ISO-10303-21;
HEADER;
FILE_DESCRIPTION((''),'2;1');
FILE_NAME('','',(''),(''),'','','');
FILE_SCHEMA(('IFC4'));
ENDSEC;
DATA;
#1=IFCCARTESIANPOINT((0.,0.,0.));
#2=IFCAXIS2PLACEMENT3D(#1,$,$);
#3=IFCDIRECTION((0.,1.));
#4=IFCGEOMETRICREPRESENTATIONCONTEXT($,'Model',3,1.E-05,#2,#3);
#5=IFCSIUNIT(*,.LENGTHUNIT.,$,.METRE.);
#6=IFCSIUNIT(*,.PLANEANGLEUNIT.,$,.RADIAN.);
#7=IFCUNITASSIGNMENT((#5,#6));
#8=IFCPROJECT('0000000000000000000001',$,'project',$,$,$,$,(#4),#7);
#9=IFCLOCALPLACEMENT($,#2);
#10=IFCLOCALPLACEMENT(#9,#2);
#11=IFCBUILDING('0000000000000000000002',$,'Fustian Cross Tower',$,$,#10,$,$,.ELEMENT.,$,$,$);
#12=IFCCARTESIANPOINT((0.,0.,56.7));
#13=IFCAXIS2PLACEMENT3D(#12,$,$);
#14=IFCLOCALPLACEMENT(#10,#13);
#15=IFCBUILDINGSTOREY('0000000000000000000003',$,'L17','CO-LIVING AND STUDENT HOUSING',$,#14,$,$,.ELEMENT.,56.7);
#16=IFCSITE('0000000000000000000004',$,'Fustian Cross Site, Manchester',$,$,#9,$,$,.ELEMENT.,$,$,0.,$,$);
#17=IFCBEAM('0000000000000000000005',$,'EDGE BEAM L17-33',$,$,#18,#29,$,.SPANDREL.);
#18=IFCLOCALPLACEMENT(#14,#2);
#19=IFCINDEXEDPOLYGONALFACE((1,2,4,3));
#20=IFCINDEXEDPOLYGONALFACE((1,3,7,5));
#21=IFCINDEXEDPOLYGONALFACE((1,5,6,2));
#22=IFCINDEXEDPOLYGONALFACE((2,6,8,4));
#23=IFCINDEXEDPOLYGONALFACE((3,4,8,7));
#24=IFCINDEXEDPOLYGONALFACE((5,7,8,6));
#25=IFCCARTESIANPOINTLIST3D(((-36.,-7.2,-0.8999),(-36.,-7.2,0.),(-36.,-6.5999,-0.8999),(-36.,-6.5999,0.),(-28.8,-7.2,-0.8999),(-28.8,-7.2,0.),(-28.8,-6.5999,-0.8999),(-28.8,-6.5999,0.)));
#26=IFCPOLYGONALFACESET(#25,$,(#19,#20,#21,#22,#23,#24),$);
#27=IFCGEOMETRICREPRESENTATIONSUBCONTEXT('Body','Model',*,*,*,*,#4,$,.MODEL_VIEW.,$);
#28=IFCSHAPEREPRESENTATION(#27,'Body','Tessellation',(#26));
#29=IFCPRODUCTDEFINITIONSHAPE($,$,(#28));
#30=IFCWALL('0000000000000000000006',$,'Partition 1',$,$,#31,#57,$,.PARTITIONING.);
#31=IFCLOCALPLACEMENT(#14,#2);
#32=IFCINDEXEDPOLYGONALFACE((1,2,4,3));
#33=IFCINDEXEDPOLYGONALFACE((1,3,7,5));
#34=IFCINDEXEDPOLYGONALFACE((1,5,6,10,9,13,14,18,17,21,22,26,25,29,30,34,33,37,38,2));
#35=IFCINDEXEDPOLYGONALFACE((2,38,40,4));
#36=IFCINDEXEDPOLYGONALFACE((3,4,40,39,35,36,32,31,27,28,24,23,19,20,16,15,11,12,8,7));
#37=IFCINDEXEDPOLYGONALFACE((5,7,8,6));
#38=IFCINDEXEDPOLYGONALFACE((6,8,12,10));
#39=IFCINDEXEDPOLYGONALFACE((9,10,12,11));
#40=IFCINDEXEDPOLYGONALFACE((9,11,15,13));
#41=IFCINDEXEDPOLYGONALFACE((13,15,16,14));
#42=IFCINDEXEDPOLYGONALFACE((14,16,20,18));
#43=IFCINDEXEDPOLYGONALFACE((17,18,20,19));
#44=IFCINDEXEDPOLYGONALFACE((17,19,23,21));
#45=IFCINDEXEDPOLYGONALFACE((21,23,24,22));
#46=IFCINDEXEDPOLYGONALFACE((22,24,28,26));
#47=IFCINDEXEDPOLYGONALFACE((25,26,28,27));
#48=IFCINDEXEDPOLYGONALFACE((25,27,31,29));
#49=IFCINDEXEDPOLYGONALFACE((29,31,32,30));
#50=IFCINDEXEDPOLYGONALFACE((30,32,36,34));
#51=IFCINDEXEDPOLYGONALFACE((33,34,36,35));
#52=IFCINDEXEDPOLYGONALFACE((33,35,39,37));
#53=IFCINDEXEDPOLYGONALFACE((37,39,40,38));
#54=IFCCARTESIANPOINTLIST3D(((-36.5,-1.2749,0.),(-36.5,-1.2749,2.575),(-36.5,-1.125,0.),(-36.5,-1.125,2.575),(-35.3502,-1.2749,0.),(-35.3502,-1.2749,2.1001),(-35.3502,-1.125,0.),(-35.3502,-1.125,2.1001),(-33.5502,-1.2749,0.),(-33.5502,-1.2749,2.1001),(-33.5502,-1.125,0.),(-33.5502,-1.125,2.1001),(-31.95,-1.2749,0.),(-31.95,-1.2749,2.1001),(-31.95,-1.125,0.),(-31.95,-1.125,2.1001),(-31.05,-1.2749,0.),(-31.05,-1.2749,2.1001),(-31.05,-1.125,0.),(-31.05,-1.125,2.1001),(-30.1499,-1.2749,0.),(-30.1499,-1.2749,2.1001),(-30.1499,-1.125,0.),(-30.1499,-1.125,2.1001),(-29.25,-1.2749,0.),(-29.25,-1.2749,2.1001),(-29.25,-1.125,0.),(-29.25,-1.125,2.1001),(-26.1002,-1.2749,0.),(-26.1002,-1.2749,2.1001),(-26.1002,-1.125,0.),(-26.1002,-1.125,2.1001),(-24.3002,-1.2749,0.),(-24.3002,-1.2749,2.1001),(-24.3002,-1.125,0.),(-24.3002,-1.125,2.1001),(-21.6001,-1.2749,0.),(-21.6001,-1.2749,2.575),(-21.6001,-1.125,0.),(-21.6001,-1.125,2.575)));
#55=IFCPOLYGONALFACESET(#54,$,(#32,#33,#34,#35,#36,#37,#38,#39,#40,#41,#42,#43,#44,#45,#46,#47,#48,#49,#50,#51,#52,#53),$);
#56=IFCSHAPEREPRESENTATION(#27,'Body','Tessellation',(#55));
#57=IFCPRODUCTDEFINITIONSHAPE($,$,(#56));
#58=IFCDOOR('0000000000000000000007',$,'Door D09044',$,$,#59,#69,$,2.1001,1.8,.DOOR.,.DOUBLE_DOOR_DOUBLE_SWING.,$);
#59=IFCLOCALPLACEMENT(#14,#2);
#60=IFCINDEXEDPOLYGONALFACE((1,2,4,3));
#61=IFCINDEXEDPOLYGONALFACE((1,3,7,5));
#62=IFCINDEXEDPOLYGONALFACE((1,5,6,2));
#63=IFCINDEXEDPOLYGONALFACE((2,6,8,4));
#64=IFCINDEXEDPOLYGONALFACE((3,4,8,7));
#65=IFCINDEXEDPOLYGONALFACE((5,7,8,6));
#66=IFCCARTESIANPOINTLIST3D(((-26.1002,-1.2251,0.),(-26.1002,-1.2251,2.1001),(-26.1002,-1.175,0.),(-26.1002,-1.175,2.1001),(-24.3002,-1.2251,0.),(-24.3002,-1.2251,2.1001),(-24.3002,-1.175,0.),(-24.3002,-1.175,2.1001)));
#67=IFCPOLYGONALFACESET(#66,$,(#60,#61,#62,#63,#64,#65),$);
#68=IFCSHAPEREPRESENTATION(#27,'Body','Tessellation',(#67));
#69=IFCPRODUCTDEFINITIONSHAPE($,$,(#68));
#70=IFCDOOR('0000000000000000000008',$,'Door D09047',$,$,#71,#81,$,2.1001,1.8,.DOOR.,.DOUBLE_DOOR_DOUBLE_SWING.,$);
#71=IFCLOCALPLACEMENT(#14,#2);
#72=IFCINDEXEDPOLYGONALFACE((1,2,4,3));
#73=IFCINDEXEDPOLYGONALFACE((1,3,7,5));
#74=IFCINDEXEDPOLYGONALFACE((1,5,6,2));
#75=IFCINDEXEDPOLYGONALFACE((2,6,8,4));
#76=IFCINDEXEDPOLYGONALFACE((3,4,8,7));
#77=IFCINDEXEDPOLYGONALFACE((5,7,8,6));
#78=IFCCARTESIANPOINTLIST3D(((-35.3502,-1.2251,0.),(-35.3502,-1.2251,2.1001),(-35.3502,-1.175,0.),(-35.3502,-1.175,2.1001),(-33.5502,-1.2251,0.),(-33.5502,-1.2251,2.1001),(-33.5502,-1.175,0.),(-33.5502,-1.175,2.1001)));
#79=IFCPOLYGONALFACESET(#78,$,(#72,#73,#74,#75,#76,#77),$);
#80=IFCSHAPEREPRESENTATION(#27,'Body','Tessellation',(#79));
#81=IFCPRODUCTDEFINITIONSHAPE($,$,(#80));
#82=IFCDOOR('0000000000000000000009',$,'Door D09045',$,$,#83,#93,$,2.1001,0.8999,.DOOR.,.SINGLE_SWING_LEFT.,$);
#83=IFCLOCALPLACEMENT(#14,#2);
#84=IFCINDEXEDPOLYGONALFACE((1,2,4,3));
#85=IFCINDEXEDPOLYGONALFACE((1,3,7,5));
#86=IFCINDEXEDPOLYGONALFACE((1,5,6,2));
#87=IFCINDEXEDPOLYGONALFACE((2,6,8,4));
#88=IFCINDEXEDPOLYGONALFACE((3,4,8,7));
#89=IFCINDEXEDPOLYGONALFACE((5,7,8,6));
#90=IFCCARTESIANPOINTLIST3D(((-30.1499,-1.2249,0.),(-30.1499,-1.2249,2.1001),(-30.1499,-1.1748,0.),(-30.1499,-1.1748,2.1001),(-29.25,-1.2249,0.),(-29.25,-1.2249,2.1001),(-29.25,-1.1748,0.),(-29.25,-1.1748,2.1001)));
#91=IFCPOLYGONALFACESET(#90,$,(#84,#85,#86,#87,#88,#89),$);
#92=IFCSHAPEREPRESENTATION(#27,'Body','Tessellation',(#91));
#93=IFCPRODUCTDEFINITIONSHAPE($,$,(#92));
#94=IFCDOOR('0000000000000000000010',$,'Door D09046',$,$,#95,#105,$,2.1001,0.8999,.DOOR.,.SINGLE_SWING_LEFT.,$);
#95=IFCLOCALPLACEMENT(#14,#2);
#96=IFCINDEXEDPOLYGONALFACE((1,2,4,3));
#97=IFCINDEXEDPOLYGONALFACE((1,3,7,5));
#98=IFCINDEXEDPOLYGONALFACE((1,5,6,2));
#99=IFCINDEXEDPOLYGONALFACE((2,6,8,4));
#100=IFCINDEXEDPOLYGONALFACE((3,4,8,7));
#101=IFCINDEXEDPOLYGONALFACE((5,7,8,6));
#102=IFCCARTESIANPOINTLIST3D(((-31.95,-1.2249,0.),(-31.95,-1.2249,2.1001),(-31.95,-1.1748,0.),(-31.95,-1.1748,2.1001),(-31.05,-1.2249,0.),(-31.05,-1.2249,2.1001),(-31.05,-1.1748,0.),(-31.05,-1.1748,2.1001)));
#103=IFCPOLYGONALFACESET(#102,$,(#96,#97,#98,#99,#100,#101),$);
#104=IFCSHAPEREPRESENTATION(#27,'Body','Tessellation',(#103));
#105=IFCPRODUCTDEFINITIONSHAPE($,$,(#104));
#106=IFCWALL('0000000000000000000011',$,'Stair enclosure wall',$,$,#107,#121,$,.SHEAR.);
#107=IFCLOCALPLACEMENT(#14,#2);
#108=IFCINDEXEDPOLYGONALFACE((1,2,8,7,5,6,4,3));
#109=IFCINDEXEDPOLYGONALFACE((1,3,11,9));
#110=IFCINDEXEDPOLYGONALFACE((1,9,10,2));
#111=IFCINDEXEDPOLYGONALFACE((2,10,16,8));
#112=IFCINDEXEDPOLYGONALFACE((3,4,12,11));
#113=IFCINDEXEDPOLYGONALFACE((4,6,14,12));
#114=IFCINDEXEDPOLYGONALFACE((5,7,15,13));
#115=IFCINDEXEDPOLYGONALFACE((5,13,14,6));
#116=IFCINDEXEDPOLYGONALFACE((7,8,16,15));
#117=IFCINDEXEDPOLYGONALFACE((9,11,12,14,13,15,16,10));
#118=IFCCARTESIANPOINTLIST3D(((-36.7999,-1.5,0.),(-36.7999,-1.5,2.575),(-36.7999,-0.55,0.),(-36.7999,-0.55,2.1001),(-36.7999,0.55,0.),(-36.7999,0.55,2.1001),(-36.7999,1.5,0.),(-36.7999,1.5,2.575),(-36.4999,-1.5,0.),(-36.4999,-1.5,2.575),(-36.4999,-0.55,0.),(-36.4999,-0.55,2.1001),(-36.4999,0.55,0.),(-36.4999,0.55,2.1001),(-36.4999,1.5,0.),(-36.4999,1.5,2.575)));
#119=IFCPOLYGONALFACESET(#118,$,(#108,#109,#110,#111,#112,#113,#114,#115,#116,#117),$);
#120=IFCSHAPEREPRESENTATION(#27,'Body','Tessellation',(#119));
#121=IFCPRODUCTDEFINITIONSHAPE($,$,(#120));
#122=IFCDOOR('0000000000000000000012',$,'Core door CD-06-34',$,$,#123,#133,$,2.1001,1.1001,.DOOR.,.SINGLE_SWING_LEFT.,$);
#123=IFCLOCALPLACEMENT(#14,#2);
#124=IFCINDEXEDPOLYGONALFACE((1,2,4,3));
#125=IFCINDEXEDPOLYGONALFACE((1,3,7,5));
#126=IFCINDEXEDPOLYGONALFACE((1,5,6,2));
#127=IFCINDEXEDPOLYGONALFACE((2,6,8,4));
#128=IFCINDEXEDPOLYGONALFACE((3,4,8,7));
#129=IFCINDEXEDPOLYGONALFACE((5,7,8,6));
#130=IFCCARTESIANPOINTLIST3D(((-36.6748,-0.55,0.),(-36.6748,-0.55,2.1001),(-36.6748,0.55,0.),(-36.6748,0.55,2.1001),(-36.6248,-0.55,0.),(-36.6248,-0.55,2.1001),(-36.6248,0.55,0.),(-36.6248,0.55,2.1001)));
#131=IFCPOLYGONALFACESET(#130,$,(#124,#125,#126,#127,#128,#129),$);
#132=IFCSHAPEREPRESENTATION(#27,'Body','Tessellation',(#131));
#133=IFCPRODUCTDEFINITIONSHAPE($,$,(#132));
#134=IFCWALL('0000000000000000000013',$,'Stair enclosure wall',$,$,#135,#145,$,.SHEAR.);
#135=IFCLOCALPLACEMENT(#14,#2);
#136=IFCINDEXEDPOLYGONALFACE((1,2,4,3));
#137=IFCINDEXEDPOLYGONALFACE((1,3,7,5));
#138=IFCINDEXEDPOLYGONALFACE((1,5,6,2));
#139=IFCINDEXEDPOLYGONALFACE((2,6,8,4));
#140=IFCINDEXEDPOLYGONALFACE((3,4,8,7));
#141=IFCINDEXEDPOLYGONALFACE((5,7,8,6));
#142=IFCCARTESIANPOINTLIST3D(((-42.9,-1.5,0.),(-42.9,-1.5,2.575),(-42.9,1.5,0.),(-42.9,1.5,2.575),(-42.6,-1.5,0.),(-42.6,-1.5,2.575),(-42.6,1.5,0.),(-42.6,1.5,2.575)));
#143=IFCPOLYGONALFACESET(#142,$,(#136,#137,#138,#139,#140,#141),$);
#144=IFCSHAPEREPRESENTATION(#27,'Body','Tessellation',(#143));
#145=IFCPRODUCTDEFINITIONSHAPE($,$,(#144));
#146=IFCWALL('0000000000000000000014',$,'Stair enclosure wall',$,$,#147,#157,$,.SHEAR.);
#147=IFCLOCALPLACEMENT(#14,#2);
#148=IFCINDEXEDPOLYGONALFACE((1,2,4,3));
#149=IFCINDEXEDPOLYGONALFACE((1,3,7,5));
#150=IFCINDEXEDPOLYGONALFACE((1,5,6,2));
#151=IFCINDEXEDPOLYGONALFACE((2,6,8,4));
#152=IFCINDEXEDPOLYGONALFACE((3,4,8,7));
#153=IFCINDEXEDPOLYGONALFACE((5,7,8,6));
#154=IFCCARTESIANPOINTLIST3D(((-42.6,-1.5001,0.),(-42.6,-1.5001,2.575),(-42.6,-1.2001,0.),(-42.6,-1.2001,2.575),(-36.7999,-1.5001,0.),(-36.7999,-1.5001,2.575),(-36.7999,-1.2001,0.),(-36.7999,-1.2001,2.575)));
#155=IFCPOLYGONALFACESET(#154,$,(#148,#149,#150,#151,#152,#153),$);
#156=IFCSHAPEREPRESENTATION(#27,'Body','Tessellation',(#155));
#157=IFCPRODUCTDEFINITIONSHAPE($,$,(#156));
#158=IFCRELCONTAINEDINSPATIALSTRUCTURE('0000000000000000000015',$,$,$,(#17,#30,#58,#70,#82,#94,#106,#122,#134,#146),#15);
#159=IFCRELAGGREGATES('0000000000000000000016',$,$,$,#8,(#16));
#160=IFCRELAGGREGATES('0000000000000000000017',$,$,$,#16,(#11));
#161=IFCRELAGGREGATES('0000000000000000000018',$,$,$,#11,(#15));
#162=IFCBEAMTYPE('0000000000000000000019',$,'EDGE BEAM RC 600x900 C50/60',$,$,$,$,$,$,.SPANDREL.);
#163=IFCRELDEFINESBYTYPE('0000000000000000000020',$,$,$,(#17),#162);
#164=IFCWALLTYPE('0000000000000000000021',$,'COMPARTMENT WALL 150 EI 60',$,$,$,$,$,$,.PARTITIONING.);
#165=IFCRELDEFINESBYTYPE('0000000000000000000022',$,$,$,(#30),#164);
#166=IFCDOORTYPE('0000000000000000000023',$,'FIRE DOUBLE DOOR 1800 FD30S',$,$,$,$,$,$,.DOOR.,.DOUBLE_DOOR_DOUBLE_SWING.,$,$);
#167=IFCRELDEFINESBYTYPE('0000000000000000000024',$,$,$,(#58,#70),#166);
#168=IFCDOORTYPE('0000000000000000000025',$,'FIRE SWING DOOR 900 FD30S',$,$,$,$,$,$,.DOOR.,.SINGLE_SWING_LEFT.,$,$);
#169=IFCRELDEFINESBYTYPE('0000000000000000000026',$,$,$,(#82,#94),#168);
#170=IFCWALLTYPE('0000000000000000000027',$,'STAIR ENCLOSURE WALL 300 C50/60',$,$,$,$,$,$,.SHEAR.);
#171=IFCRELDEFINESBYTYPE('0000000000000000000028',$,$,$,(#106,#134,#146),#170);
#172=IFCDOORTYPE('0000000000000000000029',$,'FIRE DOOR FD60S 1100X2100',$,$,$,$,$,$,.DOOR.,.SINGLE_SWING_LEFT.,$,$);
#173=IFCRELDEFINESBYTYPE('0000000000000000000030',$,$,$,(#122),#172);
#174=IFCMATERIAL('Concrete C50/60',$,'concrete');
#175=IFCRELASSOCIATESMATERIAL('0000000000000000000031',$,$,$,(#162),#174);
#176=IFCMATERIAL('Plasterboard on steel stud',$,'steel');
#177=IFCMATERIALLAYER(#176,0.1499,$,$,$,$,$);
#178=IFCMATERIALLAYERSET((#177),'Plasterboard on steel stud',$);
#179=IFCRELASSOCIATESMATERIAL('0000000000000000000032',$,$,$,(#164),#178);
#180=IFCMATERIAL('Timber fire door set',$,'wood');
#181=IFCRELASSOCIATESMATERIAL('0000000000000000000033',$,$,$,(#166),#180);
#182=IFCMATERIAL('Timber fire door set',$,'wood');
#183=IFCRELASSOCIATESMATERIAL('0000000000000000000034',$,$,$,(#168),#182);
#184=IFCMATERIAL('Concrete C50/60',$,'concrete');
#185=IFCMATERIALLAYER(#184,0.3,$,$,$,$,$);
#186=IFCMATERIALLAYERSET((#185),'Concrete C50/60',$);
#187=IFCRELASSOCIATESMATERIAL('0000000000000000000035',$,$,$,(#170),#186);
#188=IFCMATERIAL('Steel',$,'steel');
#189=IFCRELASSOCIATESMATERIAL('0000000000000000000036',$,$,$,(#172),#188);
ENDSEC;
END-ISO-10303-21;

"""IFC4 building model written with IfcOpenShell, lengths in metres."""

from ifc_helpers import new_model, si_unit, direction, frame, frame_2d, origin, origin_2d, place, context, subcontext, project, spatial, rectangle, extrude, material, layer, layer_set, material_profile, profile_set, type_object, element, fill, save


model = new_model("IFC4")

# Units and contexts
model_context = context("Model", 3, precision=1e-05, world=origin(), true_north=direction((0.0, 1.0)))
body_context = subcontext(model_context, "Body", "Model", "MODEL_VIEW")
ifc_project = project(units=[si_unit("LENGTHUNIT", "METRE"), si_unit("PLANEANGLEUNIT", "RADIAN")], contexts=[model_context])

# Site, building, storey
site_placement = place(None, origin())
site = spatial("IfcSite", under=ifc_project, at=site_placement, Name="Fustian Cross Site, Manchester", CompositionType="ELEMENT", RefElevation=0.0)
building_placement = place(site_placement, origin())
building = spatial("IfcBuilding", under=site, at=building_placement, Name="Fustian Cross Tower", CompositionType="ELEMENT")
storey_placement = place(building_placement, frame((0.0, 0.0, 56.7)))
storey = spatial("IfcBuildingStorey", under=building, at=storey_placement, Name="L17", Description="CO-LIVING AND STUDENT HOUSING", CompositionType="ELEMENT", Elevation=56.7)

# Beam
ifc_material_1 = material(Name="Concrete C50/60", Category="concrete")
ifc_material_profile_1 = material_profile(ifc_material_1, rectangle(XDim=0.6001, YDim=0.8999, at=origin_2d()), Name="RC 600x900")
ifc_profile_set_1 = profile_set([ifc_material_profile_1], Name="Concrete C50/60")
beam_type = type_object("IfcBeamType", Name="EDGE BEAM RC 600x900 C50/60", PredefinedType="SPANDREL", material=ifc_profile_set_1)
beam_1_placement = place(storey_placement, frame((-36.0, -6.8999, -0.45), z_axis=(1.0, 0.0, 0.0), x_axis=(0.0, 1.0, 0.0)))
element("IfcBeam", 1, at=beam_1_placement, inside=storey, type_object=beam_type, Name="EDGE BEAM L17-33", PredefinedType="SPANDREL", context=body_context, shape_type="SweptSolid", body=[
    extrude(rectangle(XDim=0.6001, YDim=0.8999, at=origin_2d()), origin(), (0.0, 0.0, 1.0), 7.2),
])

# Wall, openings, doors
ifc_material_2 = material(Name="Plasterboard on steel stud", Category="steel")
ifc_layer_1 = layer(ifc_material_2, 0.1499)
ifc_layer_set_1 = layer_set([ifc_layer_1], Name="Plasterboard on steel stud")
wall_type_1 = type_object("IfcWallType", Name="COMPARTMENT WALL 150 EI 60", PredefinedType="PARTITIONING", material=ifc_layer_set_1)
wall_1_placement = place(storey_placement, frame((-36.5, -1.2, 0.0), z_axis=(0.0, 0.0, 1.0), x_axis=(1.0, 0.0, 0.0)))
wall_1 = element("IfcWall", 2, at=wall_1_placement, inside=storey, type_object=wall_type_1, Name="Partition 1", PredefinedType="PARTITIONING", context=body_context, shape_type="SweptSolid", body=[
    extrude(rectangle(XDim=14.8999, YDim=0.1499, at=frame_2d((7.45, 0.0))), origin(), (0.0, 0.0, 1.0), 2.575),
])
opening_1_placement = place(wall_1_placement, frame((10.3999, 0.0, 0.0)))
opening_1 = element("IfcOpeningElement", 3, at=opening_1_placement, cuts=wall_1, PredefinedType="OPENING", context=body_context, shape_type="SweptSolid", body=[
    extrude(rectangle(XDim=1.8, YDim=2.1001, at=frame_2d((0.8999, 1.05))), frame((0.0, 0.085, 0.0), z_axis=(0.0, -1.0, 0.0), x_axis=(1.0, 0.0, 0.0)), (0.0, 0.0, 1.0), 0.1699),
])
opening_2_placement = place(wall_1_placement, frame((6.3501, 0.0, 0.0)))
opening_2 = element("IfcOpeningElement", 4, at=opening_2_placement, cuts=wall_1, PredefinedType="OPENING", context=body_context, shape_type="SweptSolid", body=[
    extrude(rectangle(XDim=0.8999, YDim=2.1001, at=frame_2d((0.45, 1.05))), frame((0.0, 0.085, 0.0), z_axis=(0.0, -1.0, 0.0), x_axis=(1.0, 0.0, 0.0)), (0.0, 0.0, 1.0), 0.1699),
])
opening_3_placement = place(wall_1_placement, frame((4.55, 0.0, 0.0)))
opening_3 = element("IfcOpeningElement", 5, at=opening_3_placement, cuts=wall_1, PredefinedType="OPENING", context=body_context, shape_type="SweptSolid", body=[
    extrude(rectangle(XDim=0.8999, YDim=2.1001, at=frame_2d((0.45, 1.05))), frame((0.0, 0.085, 0.0), z_axis=(0.0, -1.0, 0.0), x_axis=(1.0, 0.0, 0.0)), (0.0, 0.0, 1.0), 0.1699),
])
opening_4_placement = place(wall_1_placement, frame((1.1499, 0.0, 0.0)))
opening_4 = element("IfcOpeningElement", 6, at=opening_4_placement, cuts=wall_1, PredefinedType="OPENING", context=body_context, shape_type="SweptSolid", body=[
    extrude(rectangle(XDim=1.8, YDim=2.1001, at=frame_2d((0.8999, 1.05))), frame((0.0, 0.085, 0.0), z_axis=(0.0, -1.0, 0.0), x_axis=(1.0, 0.0, 0.0)), (0.0, 0.0, 1.0), 0.1699),
])
ifc_material_3 = material(Name="Timber fire door set", Category="wood")
door_type_1 = type_object("IfcDoorType", Name="FIRE DOUBLE DOOR 1800 FD30S", OperationType="DOUBLE_DOOR_DOUBLE_SWING", PredefinedType="DOOR", material=ifc_material_3)
door_1_placement = place(opening_1_placement, origin())
door_1 = element("IfcDoor", 7, at=door_1_placement, inside=storey, type_object=door_type_1, Name="Door D09044", OperationType="DOUBLE_DOOR_DOUBLE_SWING", OverallHeight=2.1001, OverallWidth=1.8, PredefinedType="DOOR", context=body_context, shape_type="SweptSolid", body=[
    extrude(rectangle(XDim=1.8, YDim=2.1001, at=frame_2d((0.8999, 1.05))), frame((0.0, 0.0249, 0.0), z_axis=(0.0, -1.0, 0.0), x_axis=(1.0, 0.0, 0.0)), (0.0, 0.0, 1.0), 0.05),
])
fill(opening_1, door_1)
door_2_placement = place(opening_4_placement, origin())
door_2 = element("IfcDoor", 8, at=door_2_placement, inside=storey, type_object=door_type_1, Name="Door D09047", OperationType="DOUBLE_DOOR_DOUBLE_SWING", OverallHeight=2.1001, OverallWidth=1.8, PredefinedType="DOOR", context=body_context, shape_type="SweptSolid", body=[
    extrude(rectangle(XDim=1.8, YDim=2.1001, at=frame_2d((0.8999, 1.05))), frame((0.0, 0.0249, 0.0), z_axis=(0.0, -1.0, 0.0), x_axis=(1.0, 0.0, 0.0)), (0.0, 0.0, 1.0), 0.05),
])
fill(opening_4, door_2)
ifc_material_4 = material(Name="Timber fire door set", Category="wood")
door_type_2 = type_object("IfcDoorType", Name="FIRE SWING DOOR 900 FD30S", OperationType="SINGLE_SWING_LEFT", PredefinedType="DOOR", material=ifc_material_4)
door_3_placement = place(opening_2_placement, frame((0.8999, 0.0, 0.0), z_axis=(0.0, 0.0, 1.0), x_axis=(-1.0, 0.0, 0.0)))
door_3 = element("IfcDoor", 9, at=door_3_placement, inside=storey, type_object=door_type_2, Name="Door D09045", OperationType="SINGLE_SWING_LEFT", OverallHeight=2.1001, OverallWidth=0.8999, PredefinedType="DOOR", context=body_context, shape_type="SweptSolid", body=[
    extrude(rectangle(XDim=0.8999, YDim=2.1001, at=frame_2d((0.45, 1.05))), frame((0.0, 0.0249, 0.0), z_axis=(0.0, -1.0, 0.0), x_axis=(1.0, 0.0, 0.0)), (0.0, 0.0, 1.0), 0.05),
])
fill(opening_2, door_3)
door_4_placement = place(opening_3_placement, frame((0.8999, 0.0, 0.0), z_axis=(0.0, 0.0, 1.0), x_axis=(-1.0, 0.0, 0.0)))
door_4 = element("IfcDoor", 10, at=door_4_placement, inside=storey, type_object=door_type_2, Name="Door D09046", OperationType="SINGLE_SWING_LEFT", OverallHeight=2.1001, OverallWidth=0.8999, PredefinedType="DOOR", context=body_context, shape_type="SweptSolid", body=[
    extrude(rectangle(XDim=0.8999, YDim=2.1001, at=frame_2d((0.45, 1.05))), frame((0.0, 0.0249, 0.0), z_axis=(0.0, -1.0, 0.0), x_axis=(1.0, 0.0, 0.0)), (0.0, 0.0, 1.0), 0.05),
])
fill(opening_3, door_4)

# Wall, opening, door
ifc_material_5 = material(Name="Concrete C50/60", Category="concrete")
ifc_layer_2 = layer(ifc_material_5, 0.3)
ifc_layer_set_2 = layer_set([ifc_layer_2], Name="Concrete C50/60")
wall_type_2 = type_object("IfcWallType", Name="STAIR ENCLOSURE WALL 300 C50/60", PredefinedType="SHEAR", material=ifc_layer_set_2)
wall_2_placement = place(storey_placement, frame((-36.6499, -1.5, 0.0), z_axis=(0.0, 0.0, 1.0), x_axis=(0.0, 1.0, 0.0)))
wall_2 = element("IfcWall", 11, at=wall_2_placement, inside=storey, type_object=wall_type_2, Name="Stair enclosure wall", PredefinedType="SHEAR", context=body_context, shape_type="SweptSolid", body=[
    extrude(rectangle(XDim=3.0, YDim=0.3, at=frame_2d((1.5, 0.0))), origin(), (0.0, 0.0, 1.0), 2.575),
])
opening_5_placement = place(wall_2_placement, frame((0.95, 0.0, 0.0)))
opening_5 = element("IfcOpeningElement", 12, at=opening_5_placement, cuts=wall_2, PredefinedType="OPENING", context=body_context, shape_type="SweptSolid", body=[
    extrude(rectangle(XDim=1.1001, YDim=2.1001, at=frame_2d((0.55, 1.05))), frame((0.0, 0.1599, 0.0), z_axis=(0.0, -1.0, 0.0), x_axis=(1.0, 0.0, 0.0)), (0.0, 0.0, 1.0), 0.3201),
])
ifc_material_6 = material(Name="Steel", Category="steel")
door_type_3 = type_object("IfcDoorType", Name="FIRE DOOR FD60S 1100X2100", OperationType="SINGLE_SWING_LEFT", PredefinedType="DOOR", material=ifc_material_6)
door_5_placement = place(opening_5_placement, origin())
door_5 = element("IfcDoor", 13, at=door_5_placement, inside=storey, type_object=door_type_3, Name="Core door CD-06-34", OperationType="SINGLE_SWING_LEFT", OverallHeight=2.1001, OverallWidth=1.1001, PredefinedType="DOOR", context=body_context, shape_type="SweptSolid", body=[
    extrude(rectangle(XDim=1.1001, YDim=2.1001, at=frame_2d((0.55, 1.05))), frame((0.0, 0.0249, 0.0), z_axis=(0.0, -1.0, 0.0), x_axis=(1.0, 0.0, 0.0)), (0.0, 0.0, 1.0), 0.05),
])
fill(opening_5, door_5)

# Walls
wall_3_placement = place(storey_placement, frame((-42.75, -1.5, 0.0), z_axis=(0.0, 0.0, 1.0), x_axis=(0.0, 1.0, 0.0)))
element("IfcWall", 14, at=wall_3_placement, inside=storey, type_object=wall_type_2, Name="Stair enclosure wall", PredefinedType="SHEAR", context=body_context, shape_type="SweptSolid", body=[
    extrude(rectangle(XDim=3.0, YDim=0.3, at=frame_2d((1.5, 0.0))), origin(), (0.0, 0.0, 1.0), 2.575),
])
wall_4_placement = place(storey_placement, frame((-36.8, -1.3501, 0.0), z_axis=(0.0, 0.0, 1.0), x_axis=(-1.0, 0.0, 0.0)))
element("IfcWall", 15, at=wall_4_placement, inside=storey, type_object=wall_type_2, Name="Stair enclosure wall", PredefinedType="SHEAR", context=body_context, shape_type="SweptSolid", body=[
    extrude(rectangle(XDim=5.8, YDim=0.3, at=frame_2d((2.8999, 0.0))), origin(), (0.0, 0.0, 1.0), 2.575),
])

save(model, "model.ifc")
